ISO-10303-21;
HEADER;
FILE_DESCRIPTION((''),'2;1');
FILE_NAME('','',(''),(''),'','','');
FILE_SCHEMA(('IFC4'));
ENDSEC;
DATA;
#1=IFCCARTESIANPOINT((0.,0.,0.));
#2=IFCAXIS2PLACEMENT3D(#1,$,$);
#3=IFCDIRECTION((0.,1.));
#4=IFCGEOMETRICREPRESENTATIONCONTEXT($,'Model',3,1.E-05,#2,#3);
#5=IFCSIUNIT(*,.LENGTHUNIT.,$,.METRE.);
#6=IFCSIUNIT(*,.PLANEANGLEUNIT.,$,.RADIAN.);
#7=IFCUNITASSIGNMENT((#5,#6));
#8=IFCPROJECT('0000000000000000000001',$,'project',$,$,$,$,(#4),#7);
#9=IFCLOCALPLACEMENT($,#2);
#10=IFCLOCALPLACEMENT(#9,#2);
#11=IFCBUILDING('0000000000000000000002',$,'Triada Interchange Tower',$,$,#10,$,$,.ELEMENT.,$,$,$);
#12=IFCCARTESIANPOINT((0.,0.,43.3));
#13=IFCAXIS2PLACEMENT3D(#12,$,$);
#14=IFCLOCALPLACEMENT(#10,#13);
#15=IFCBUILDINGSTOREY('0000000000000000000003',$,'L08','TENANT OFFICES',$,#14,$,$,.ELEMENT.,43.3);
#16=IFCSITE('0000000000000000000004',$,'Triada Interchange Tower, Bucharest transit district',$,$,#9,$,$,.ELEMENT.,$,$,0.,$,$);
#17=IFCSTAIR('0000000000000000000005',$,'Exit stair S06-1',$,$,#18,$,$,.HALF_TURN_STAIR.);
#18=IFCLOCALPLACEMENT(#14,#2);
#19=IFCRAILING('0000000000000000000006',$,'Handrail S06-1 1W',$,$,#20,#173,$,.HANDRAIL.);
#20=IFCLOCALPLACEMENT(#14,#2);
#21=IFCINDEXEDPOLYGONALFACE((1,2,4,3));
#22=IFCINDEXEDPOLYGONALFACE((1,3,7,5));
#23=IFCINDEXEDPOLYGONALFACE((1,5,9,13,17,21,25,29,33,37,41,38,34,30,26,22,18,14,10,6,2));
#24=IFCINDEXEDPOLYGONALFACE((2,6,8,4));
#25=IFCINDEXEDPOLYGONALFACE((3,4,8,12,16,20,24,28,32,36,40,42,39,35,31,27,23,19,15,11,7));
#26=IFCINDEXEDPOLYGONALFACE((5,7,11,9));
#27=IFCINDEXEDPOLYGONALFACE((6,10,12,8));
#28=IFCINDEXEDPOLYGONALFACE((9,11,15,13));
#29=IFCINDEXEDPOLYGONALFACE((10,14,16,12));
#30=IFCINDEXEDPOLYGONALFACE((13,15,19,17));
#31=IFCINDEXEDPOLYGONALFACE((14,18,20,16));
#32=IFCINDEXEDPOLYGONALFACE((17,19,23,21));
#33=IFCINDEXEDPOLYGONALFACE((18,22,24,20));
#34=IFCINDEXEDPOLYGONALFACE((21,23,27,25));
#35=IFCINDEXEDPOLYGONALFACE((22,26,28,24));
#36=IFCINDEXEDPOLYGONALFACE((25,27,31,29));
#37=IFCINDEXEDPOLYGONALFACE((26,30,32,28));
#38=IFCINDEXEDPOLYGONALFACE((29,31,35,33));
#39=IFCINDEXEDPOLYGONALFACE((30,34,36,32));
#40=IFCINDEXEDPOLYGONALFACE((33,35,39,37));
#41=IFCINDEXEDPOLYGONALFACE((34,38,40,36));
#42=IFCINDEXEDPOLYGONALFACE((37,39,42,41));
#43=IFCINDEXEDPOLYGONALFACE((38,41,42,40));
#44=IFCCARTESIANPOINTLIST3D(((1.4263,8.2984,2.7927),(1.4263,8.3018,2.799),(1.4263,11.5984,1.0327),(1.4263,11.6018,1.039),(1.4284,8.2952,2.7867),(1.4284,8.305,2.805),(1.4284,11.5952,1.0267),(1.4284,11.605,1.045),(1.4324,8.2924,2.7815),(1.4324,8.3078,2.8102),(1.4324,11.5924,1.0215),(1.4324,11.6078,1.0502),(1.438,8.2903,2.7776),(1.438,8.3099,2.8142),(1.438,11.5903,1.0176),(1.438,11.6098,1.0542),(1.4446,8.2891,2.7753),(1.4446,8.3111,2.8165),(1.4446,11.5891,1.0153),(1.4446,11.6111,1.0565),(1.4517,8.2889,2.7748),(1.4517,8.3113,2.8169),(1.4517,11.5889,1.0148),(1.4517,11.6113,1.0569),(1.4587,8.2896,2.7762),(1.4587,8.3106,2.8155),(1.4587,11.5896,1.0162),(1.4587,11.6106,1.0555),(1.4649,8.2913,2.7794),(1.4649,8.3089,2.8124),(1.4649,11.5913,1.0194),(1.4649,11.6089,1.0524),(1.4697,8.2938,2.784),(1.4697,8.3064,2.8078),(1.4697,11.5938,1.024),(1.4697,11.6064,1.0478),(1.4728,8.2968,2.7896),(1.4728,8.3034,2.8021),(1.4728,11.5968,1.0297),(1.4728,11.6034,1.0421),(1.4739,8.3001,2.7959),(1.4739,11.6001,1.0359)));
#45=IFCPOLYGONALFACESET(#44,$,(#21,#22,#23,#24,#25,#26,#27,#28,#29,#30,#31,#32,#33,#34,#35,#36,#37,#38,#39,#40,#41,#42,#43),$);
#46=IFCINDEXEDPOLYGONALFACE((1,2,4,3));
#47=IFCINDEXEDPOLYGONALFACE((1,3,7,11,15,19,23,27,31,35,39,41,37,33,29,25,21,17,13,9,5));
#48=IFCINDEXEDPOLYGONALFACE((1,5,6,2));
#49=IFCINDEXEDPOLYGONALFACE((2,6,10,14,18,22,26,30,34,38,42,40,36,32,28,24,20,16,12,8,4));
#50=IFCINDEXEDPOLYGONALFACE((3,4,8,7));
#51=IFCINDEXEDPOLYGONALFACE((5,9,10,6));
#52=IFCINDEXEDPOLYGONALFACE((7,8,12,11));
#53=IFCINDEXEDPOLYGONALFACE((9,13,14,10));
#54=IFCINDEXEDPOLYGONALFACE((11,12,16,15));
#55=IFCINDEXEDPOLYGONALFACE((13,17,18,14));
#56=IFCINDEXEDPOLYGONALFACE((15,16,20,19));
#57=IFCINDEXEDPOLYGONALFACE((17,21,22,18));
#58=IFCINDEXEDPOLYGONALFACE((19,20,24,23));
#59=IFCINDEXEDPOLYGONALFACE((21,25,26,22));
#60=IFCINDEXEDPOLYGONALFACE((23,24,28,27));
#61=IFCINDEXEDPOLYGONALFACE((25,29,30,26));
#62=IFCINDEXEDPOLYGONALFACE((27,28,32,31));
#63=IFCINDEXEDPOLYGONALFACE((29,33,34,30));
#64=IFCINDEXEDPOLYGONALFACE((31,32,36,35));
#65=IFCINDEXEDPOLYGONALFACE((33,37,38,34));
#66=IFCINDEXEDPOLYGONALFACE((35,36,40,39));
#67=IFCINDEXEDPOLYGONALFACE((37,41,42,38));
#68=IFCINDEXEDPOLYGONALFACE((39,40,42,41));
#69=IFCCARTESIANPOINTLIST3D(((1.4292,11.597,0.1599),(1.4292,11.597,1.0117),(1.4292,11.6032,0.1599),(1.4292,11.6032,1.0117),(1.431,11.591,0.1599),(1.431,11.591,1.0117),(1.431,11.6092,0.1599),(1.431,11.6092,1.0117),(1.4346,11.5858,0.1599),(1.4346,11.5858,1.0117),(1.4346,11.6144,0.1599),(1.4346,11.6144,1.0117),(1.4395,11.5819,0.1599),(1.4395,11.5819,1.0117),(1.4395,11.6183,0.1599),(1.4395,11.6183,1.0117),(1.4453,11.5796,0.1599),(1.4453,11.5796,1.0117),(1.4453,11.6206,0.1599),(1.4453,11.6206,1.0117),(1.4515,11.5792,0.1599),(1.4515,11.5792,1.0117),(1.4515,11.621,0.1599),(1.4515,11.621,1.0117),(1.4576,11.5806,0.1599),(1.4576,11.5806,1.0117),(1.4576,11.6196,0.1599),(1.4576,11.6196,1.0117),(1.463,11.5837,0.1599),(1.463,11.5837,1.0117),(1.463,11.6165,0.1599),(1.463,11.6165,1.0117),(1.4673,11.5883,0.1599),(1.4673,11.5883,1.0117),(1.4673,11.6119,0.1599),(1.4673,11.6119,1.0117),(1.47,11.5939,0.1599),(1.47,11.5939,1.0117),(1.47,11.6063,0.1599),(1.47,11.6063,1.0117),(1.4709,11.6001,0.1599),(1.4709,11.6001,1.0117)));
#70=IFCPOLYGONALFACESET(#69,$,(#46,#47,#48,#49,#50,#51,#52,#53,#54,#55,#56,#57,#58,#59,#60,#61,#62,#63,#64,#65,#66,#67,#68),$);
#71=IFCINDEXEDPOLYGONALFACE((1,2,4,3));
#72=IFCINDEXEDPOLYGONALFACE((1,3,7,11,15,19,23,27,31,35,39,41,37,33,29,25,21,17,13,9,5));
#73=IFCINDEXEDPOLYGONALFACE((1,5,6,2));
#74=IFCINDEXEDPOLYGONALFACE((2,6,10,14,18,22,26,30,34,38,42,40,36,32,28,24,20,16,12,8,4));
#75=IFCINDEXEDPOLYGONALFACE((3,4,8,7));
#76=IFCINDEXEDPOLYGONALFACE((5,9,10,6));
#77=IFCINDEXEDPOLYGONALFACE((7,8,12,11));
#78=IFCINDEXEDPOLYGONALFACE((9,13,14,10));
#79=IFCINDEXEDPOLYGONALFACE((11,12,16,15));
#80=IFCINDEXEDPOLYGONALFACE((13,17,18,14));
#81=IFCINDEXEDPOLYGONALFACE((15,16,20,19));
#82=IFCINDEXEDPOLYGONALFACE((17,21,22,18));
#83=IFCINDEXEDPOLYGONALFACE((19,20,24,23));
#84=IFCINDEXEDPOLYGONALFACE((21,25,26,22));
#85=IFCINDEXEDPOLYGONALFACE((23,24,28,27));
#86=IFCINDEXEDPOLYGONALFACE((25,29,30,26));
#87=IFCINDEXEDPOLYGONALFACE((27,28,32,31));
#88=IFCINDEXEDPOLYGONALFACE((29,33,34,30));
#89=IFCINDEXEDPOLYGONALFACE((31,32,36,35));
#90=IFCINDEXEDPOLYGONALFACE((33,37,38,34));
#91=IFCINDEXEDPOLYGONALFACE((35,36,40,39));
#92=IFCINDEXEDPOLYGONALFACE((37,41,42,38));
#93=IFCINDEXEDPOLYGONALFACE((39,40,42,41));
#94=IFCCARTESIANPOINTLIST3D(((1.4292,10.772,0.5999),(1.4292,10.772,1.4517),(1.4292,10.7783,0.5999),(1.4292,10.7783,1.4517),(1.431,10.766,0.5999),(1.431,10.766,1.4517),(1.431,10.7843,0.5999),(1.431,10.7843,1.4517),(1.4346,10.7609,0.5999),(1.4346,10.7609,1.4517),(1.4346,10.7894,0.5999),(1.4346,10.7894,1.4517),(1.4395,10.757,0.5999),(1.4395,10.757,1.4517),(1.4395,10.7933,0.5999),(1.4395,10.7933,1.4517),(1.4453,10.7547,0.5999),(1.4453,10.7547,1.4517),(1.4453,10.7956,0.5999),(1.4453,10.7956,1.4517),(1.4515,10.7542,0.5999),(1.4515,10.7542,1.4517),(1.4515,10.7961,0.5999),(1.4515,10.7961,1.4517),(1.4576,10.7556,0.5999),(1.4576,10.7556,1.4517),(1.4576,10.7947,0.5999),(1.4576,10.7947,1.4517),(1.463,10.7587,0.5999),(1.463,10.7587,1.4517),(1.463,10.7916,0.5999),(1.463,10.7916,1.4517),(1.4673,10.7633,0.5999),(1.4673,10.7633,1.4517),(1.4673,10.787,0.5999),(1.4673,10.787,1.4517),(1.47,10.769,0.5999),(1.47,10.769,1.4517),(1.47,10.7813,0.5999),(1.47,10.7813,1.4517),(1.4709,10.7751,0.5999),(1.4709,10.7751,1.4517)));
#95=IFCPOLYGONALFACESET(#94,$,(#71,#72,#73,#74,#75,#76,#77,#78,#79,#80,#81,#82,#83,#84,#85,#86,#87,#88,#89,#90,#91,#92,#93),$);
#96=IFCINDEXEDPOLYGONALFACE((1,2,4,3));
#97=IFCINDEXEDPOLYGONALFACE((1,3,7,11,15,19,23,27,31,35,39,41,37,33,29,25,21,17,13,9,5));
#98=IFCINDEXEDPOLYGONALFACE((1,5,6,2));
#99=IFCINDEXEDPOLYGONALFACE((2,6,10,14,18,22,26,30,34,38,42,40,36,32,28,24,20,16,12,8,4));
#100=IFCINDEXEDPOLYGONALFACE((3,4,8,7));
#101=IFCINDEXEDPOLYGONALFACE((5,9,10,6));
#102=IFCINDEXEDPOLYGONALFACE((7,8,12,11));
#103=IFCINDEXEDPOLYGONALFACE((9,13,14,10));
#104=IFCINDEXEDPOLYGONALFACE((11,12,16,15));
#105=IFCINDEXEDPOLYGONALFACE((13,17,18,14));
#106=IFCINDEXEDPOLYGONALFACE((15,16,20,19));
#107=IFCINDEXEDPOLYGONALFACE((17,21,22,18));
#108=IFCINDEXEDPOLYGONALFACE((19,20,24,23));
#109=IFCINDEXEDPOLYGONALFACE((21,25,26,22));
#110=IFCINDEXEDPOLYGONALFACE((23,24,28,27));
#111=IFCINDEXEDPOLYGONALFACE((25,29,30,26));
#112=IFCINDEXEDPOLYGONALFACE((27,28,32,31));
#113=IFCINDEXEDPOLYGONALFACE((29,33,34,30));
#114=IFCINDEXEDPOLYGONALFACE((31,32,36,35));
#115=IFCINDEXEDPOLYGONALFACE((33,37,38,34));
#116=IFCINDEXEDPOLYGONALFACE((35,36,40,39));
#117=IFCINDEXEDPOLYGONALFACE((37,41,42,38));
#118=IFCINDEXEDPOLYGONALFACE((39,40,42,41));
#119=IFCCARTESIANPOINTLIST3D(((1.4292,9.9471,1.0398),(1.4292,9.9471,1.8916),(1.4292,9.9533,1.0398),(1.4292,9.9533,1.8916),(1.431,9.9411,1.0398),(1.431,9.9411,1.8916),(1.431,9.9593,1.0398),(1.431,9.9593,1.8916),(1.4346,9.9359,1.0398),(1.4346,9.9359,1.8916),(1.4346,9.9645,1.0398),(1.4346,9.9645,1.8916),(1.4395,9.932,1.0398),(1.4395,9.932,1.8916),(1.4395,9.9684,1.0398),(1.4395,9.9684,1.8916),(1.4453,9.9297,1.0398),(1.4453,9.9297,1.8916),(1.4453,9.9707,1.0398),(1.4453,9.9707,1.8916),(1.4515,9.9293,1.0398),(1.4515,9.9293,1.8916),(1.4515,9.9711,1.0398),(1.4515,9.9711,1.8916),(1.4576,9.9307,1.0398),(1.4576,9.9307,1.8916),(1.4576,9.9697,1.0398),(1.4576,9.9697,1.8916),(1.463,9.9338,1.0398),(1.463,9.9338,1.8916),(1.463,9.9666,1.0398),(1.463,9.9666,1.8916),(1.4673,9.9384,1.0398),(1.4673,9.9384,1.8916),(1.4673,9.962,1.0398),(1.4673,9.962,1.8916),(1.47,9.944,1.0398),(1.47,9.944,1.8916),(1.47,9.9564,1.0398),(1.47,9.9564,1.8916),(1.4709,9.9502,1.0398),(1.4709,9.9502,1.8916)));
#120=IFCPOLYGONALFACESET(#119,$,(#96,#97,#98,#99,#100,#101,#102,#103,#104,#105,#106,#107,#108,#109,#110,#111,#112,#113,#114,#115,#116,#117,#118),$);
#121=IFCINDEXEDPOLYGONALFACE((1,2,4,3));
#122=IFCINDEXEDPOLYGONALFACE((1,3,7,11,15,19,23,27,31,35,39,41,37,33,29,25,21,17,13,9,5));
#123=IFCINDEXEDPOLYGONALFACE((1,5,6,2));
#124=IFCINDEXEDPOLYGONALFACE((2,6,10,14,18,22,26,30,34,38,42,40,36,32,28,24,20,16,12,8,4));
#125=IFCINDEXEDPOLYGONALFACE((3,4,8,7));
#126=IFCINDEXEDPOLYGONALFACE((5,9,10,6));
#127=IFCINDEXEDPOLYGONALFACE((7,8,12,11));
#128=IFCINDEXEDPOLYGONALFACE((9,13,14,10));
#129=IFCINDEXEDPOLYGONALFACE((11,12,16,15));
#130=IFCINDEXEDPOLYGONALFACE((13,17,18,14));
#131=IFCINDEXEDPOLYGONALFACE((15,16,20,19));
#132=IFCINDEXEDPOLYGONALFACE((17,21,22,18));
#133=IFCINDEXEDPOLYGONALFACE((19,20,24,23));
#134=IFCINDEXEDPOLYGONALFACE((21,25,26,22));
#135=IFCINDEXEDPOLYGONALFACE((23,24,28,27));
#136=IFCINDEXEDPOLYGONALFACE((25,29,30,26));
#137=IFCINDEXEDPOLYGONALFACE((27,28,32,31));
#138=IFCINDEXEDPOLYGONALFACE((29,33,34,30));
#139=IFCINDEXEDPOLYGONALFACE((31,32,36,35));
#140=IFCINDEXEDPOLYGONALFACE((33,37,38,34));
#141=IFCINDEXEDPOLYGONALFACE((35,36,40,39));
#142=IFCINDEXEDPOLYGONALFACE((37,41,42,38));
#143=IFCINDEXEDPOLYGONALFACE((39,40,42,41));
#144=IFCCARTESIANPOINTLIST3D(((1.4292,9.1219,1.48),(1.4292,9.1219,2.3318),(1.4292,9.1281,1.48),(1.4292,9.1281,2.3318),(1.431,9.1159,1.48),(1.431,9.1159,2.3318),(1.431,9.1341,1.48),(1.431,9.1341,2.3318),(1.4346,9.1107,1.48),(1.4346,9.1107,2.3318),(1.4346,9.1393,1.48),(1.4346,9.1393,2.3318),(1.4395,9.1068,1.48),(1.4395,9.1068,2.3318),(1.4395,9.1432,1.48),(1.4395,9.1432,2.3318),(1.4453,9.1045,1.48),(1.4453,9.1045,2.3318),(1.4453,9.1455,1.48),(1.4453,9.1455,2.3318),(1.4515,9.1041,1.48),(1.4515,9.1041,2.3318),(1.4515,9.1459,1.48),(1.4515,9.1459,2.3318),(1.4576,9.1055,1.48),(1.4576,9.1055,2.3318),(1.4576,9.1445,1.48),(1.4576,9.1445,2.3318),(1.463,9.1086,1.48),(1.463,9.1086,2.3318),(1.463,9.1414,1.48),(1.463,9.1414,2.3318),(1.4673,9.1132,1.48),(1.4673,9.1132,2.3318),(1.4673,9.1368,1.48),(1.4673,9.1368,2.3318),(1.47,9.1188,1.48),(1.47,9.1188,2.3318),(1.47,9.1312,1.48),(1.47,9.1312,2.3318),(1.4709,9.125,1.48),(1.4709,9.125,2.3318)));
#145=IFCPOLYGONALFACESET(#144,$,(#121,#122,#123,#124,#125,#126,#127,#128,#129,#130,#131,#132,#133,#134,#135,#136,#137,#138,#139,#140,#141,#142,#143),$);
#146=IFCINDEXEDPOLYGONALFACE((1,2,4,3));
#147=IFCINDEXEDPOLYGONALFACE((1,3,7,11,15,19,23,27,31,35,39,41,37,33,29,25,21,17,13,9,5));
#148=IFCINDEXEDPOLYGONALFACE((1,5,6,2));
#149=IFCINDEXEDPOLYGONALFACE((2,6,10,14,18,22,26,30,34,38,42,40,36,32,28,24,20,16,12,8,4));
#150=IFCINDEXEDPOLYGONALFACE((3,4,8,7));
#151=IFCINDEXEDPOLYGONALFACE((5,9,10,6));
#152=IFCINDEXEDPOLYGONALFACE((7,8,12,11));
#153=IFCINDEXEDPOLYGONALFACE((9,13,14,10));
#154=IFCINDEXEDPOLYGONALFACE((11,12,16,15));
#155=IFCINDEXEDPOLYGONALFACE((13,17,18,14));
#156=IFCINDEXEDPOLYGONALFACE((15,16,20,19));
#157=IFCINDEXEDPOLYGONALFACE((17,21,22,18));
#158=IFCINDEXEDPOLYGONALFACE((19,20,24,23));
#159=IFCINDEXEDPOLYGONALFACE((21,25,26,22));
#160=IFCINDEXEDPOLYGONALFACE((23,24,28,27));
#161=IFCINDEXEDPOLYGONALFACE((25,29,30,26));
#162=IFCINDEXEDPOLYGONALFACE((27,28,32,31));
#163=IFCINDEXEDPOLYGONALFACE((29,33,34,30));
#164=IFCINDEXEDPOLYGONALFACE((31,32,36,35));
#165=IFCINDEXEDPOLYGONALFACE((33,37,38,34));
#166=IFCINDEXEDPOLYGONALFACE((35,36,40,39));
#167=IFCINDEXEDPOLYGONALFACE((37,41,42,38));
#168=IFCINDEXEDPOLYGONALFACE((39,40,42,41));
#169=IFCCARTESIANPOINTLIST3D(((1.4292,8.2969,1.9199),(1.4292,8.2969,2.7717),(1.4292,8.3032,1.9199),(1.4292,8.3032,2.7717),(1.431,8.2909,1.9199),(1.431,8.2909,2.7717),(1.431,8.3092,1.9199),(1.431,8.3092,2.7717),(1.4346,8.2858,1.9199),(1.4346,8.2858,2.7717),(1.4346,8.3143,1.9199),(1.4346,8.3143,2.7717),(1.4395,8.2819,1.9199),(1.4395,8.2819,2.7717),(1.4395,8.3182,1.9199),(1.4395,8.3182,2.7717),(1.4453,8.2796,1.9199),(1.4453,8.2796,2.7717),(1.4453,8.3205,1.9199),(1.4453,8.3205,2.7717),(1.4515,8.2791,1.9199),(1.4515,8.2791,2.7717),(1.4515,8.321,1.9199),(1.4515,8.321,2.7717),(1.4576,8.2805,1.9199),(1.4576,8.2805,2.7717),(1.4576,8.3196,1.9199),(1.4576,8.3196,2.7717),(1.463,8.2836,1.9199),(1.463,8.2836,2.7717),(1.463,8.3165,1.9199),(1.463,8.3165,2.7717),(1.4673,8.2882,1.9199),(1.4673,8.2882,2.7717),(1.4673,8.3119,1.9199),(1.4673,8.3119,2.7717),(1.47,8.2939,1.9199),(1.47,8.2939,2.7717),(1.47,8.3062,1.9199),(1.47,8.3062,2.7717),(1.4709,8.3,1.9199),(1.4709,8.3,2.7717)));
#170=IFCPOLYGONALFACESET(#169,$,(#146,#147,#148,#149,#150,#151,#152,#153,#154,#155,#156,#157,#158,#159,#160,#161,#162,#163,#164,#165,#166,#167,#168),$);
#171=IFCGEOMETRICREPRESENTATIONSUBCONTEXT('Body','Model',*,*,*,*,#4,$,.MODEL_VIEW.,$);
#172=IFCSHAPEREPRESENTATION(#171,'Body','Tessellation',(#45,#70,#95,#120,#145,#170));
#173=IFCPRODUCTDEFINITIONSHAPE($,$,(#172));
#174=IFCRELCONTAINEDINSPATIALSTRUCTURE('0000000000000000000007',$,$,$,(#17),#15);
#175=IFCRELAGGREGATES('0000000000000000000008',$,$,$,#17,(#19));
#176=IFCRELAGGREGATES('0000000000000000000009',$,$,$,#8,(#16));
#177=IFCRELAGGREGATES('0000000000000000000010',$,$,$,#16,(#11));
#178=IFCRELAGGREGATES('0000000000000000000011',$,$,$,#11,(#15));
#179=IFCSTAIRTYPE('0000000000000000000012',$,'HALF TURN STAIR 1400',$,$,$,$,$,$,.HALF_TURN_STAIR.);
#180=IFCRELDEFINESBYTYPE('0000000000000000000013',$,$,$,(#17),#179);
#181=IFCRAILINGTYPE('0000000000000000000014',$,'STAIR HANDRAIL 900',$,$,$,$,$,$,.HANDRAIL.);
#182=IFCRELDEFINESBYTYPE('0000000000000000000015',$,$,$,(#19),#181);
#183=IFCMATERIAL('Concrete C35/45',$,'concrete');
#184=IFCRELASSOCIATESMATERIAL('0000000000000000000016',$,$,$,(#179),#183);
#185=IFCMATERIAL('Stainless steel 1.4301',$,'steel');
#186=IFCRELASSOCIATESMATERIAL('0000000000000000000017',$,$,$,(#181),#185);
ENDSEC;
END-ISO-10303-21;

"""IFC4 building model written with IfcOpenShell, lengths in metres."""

from ifc_helpers import new_model, si_unit, direction, frame, origin, origin_2d, place, context, subcontext, project, spatial, circle, extrude, material, type_object, element, aggregate, save


model = new_model("IFC4")

# Units and contexts
model_context = context("Model", 3, precision=1e-05, world=origin(), true_north=direction((0.0, 1.0)))
body_context = subcontext(model_context, "Body", "Model", "MODEL_VIEW")
ifc_project = project(units=[si_unit("LENGTHUNIT", "METRE"), si_unit("PLANEANGLEUNIT", "RADIAN")], contexts=[model_context])

# Site, building, storey
site_placement = place(None, origin())
site = spatial("IfcSite", under=ifc_project, at=site_placement, Name="Triada Interchange Tower, Bucharest transit district", CompositionType="ELEMENT", RefElevation=0.0)
building_placement = place(site_placement, origin())
building = spatial("IfcBuilding", under=site, at=building_placement, Name="Triada Interchange Tower", CompositionType="ELEMENT")
storey_placement = place(building_placement, frame((0.0, 0.0, 43.3)))
storey = spatial("IfcBuildingStorey", under=building, at=storey_placement, Name="L08", Description="TENANT OFFICES", CompositionType="ELEMENT", Elevation=43.3)

# Stair
ifc_material_1 = material(Name="Concrete C35/45", Category="concrete")
stair_type = type_object("IfcStairType", Name="HALF TURN STAIR 1400", PredefinedType="HALF_TURN_STAIR", material=ifc_material_1)
stair_placement = place(storey_placement, origin())
stair = element("IfcStair", 1, at=stair_placement, inside=storey, type_object=stair_type, Name="Exit stair S06-1", PredefinedType="HALF_TURN_STAIR")

# Railing
ifc_material_2 = material(Name="Stainless steel 1.4301", Category="steel")
railing_type = type_object("IfcRailingType", Name="STAIR HANDRAIL 900", PredefinedType="HANDRAIL", material=ifc_material_2)
railing_1_placement = place(storey_placement, frame((1.45, 11.6001, 0.1599)))
railing_1 = element("IfcRailing", 2, at=railing_1_placement, type_object=railing_type, Name="Handrail S06-1 1W", PredefinedType="HANDRAIL", context=body_context, shape_type="SweptSolid", body=[
    extrude(circle(Radius=0.0239, at=origin_2d()), frame((0.0, 0.0, 0.876), z_axis=(0.0, -0.882355, 0.470585), x_axis=(1.0, 0.0, 0.0)), (0.0, 0.0, 1.0), 3.74),
    extrude(circle(Radius=0.021, at=origin_2d()), origin(), (0.0, 0.0, 1.0), 0.8518),
    extrude(circle(Radius=0.021, at=origin_2d()), frame((0.0, -0.825, 0.4399)), (0.0, 0.0, 1.0), 0.8518),
    extrude(circle(Radius=0.021, at=origin_2d()), frame((0.0, -1.6499, 0.8799)), (0.0, 0.0, 1.0), 0.8518),
    extrude(circle(Radius=0.021, at=origin_2d()), frame((0.0, -2.4751, 1.3201)), (0.0, 0.0, 1.0), 0.8518),
    extrude(circle(Radius=0.021, at=origin_2d()), frame((0.0, -3.3, 1.76)), (0.0, 0.0, 1.0), 0.8518),
])
aggregate(stair, [railing_1])

save(model, "model.ifc")
